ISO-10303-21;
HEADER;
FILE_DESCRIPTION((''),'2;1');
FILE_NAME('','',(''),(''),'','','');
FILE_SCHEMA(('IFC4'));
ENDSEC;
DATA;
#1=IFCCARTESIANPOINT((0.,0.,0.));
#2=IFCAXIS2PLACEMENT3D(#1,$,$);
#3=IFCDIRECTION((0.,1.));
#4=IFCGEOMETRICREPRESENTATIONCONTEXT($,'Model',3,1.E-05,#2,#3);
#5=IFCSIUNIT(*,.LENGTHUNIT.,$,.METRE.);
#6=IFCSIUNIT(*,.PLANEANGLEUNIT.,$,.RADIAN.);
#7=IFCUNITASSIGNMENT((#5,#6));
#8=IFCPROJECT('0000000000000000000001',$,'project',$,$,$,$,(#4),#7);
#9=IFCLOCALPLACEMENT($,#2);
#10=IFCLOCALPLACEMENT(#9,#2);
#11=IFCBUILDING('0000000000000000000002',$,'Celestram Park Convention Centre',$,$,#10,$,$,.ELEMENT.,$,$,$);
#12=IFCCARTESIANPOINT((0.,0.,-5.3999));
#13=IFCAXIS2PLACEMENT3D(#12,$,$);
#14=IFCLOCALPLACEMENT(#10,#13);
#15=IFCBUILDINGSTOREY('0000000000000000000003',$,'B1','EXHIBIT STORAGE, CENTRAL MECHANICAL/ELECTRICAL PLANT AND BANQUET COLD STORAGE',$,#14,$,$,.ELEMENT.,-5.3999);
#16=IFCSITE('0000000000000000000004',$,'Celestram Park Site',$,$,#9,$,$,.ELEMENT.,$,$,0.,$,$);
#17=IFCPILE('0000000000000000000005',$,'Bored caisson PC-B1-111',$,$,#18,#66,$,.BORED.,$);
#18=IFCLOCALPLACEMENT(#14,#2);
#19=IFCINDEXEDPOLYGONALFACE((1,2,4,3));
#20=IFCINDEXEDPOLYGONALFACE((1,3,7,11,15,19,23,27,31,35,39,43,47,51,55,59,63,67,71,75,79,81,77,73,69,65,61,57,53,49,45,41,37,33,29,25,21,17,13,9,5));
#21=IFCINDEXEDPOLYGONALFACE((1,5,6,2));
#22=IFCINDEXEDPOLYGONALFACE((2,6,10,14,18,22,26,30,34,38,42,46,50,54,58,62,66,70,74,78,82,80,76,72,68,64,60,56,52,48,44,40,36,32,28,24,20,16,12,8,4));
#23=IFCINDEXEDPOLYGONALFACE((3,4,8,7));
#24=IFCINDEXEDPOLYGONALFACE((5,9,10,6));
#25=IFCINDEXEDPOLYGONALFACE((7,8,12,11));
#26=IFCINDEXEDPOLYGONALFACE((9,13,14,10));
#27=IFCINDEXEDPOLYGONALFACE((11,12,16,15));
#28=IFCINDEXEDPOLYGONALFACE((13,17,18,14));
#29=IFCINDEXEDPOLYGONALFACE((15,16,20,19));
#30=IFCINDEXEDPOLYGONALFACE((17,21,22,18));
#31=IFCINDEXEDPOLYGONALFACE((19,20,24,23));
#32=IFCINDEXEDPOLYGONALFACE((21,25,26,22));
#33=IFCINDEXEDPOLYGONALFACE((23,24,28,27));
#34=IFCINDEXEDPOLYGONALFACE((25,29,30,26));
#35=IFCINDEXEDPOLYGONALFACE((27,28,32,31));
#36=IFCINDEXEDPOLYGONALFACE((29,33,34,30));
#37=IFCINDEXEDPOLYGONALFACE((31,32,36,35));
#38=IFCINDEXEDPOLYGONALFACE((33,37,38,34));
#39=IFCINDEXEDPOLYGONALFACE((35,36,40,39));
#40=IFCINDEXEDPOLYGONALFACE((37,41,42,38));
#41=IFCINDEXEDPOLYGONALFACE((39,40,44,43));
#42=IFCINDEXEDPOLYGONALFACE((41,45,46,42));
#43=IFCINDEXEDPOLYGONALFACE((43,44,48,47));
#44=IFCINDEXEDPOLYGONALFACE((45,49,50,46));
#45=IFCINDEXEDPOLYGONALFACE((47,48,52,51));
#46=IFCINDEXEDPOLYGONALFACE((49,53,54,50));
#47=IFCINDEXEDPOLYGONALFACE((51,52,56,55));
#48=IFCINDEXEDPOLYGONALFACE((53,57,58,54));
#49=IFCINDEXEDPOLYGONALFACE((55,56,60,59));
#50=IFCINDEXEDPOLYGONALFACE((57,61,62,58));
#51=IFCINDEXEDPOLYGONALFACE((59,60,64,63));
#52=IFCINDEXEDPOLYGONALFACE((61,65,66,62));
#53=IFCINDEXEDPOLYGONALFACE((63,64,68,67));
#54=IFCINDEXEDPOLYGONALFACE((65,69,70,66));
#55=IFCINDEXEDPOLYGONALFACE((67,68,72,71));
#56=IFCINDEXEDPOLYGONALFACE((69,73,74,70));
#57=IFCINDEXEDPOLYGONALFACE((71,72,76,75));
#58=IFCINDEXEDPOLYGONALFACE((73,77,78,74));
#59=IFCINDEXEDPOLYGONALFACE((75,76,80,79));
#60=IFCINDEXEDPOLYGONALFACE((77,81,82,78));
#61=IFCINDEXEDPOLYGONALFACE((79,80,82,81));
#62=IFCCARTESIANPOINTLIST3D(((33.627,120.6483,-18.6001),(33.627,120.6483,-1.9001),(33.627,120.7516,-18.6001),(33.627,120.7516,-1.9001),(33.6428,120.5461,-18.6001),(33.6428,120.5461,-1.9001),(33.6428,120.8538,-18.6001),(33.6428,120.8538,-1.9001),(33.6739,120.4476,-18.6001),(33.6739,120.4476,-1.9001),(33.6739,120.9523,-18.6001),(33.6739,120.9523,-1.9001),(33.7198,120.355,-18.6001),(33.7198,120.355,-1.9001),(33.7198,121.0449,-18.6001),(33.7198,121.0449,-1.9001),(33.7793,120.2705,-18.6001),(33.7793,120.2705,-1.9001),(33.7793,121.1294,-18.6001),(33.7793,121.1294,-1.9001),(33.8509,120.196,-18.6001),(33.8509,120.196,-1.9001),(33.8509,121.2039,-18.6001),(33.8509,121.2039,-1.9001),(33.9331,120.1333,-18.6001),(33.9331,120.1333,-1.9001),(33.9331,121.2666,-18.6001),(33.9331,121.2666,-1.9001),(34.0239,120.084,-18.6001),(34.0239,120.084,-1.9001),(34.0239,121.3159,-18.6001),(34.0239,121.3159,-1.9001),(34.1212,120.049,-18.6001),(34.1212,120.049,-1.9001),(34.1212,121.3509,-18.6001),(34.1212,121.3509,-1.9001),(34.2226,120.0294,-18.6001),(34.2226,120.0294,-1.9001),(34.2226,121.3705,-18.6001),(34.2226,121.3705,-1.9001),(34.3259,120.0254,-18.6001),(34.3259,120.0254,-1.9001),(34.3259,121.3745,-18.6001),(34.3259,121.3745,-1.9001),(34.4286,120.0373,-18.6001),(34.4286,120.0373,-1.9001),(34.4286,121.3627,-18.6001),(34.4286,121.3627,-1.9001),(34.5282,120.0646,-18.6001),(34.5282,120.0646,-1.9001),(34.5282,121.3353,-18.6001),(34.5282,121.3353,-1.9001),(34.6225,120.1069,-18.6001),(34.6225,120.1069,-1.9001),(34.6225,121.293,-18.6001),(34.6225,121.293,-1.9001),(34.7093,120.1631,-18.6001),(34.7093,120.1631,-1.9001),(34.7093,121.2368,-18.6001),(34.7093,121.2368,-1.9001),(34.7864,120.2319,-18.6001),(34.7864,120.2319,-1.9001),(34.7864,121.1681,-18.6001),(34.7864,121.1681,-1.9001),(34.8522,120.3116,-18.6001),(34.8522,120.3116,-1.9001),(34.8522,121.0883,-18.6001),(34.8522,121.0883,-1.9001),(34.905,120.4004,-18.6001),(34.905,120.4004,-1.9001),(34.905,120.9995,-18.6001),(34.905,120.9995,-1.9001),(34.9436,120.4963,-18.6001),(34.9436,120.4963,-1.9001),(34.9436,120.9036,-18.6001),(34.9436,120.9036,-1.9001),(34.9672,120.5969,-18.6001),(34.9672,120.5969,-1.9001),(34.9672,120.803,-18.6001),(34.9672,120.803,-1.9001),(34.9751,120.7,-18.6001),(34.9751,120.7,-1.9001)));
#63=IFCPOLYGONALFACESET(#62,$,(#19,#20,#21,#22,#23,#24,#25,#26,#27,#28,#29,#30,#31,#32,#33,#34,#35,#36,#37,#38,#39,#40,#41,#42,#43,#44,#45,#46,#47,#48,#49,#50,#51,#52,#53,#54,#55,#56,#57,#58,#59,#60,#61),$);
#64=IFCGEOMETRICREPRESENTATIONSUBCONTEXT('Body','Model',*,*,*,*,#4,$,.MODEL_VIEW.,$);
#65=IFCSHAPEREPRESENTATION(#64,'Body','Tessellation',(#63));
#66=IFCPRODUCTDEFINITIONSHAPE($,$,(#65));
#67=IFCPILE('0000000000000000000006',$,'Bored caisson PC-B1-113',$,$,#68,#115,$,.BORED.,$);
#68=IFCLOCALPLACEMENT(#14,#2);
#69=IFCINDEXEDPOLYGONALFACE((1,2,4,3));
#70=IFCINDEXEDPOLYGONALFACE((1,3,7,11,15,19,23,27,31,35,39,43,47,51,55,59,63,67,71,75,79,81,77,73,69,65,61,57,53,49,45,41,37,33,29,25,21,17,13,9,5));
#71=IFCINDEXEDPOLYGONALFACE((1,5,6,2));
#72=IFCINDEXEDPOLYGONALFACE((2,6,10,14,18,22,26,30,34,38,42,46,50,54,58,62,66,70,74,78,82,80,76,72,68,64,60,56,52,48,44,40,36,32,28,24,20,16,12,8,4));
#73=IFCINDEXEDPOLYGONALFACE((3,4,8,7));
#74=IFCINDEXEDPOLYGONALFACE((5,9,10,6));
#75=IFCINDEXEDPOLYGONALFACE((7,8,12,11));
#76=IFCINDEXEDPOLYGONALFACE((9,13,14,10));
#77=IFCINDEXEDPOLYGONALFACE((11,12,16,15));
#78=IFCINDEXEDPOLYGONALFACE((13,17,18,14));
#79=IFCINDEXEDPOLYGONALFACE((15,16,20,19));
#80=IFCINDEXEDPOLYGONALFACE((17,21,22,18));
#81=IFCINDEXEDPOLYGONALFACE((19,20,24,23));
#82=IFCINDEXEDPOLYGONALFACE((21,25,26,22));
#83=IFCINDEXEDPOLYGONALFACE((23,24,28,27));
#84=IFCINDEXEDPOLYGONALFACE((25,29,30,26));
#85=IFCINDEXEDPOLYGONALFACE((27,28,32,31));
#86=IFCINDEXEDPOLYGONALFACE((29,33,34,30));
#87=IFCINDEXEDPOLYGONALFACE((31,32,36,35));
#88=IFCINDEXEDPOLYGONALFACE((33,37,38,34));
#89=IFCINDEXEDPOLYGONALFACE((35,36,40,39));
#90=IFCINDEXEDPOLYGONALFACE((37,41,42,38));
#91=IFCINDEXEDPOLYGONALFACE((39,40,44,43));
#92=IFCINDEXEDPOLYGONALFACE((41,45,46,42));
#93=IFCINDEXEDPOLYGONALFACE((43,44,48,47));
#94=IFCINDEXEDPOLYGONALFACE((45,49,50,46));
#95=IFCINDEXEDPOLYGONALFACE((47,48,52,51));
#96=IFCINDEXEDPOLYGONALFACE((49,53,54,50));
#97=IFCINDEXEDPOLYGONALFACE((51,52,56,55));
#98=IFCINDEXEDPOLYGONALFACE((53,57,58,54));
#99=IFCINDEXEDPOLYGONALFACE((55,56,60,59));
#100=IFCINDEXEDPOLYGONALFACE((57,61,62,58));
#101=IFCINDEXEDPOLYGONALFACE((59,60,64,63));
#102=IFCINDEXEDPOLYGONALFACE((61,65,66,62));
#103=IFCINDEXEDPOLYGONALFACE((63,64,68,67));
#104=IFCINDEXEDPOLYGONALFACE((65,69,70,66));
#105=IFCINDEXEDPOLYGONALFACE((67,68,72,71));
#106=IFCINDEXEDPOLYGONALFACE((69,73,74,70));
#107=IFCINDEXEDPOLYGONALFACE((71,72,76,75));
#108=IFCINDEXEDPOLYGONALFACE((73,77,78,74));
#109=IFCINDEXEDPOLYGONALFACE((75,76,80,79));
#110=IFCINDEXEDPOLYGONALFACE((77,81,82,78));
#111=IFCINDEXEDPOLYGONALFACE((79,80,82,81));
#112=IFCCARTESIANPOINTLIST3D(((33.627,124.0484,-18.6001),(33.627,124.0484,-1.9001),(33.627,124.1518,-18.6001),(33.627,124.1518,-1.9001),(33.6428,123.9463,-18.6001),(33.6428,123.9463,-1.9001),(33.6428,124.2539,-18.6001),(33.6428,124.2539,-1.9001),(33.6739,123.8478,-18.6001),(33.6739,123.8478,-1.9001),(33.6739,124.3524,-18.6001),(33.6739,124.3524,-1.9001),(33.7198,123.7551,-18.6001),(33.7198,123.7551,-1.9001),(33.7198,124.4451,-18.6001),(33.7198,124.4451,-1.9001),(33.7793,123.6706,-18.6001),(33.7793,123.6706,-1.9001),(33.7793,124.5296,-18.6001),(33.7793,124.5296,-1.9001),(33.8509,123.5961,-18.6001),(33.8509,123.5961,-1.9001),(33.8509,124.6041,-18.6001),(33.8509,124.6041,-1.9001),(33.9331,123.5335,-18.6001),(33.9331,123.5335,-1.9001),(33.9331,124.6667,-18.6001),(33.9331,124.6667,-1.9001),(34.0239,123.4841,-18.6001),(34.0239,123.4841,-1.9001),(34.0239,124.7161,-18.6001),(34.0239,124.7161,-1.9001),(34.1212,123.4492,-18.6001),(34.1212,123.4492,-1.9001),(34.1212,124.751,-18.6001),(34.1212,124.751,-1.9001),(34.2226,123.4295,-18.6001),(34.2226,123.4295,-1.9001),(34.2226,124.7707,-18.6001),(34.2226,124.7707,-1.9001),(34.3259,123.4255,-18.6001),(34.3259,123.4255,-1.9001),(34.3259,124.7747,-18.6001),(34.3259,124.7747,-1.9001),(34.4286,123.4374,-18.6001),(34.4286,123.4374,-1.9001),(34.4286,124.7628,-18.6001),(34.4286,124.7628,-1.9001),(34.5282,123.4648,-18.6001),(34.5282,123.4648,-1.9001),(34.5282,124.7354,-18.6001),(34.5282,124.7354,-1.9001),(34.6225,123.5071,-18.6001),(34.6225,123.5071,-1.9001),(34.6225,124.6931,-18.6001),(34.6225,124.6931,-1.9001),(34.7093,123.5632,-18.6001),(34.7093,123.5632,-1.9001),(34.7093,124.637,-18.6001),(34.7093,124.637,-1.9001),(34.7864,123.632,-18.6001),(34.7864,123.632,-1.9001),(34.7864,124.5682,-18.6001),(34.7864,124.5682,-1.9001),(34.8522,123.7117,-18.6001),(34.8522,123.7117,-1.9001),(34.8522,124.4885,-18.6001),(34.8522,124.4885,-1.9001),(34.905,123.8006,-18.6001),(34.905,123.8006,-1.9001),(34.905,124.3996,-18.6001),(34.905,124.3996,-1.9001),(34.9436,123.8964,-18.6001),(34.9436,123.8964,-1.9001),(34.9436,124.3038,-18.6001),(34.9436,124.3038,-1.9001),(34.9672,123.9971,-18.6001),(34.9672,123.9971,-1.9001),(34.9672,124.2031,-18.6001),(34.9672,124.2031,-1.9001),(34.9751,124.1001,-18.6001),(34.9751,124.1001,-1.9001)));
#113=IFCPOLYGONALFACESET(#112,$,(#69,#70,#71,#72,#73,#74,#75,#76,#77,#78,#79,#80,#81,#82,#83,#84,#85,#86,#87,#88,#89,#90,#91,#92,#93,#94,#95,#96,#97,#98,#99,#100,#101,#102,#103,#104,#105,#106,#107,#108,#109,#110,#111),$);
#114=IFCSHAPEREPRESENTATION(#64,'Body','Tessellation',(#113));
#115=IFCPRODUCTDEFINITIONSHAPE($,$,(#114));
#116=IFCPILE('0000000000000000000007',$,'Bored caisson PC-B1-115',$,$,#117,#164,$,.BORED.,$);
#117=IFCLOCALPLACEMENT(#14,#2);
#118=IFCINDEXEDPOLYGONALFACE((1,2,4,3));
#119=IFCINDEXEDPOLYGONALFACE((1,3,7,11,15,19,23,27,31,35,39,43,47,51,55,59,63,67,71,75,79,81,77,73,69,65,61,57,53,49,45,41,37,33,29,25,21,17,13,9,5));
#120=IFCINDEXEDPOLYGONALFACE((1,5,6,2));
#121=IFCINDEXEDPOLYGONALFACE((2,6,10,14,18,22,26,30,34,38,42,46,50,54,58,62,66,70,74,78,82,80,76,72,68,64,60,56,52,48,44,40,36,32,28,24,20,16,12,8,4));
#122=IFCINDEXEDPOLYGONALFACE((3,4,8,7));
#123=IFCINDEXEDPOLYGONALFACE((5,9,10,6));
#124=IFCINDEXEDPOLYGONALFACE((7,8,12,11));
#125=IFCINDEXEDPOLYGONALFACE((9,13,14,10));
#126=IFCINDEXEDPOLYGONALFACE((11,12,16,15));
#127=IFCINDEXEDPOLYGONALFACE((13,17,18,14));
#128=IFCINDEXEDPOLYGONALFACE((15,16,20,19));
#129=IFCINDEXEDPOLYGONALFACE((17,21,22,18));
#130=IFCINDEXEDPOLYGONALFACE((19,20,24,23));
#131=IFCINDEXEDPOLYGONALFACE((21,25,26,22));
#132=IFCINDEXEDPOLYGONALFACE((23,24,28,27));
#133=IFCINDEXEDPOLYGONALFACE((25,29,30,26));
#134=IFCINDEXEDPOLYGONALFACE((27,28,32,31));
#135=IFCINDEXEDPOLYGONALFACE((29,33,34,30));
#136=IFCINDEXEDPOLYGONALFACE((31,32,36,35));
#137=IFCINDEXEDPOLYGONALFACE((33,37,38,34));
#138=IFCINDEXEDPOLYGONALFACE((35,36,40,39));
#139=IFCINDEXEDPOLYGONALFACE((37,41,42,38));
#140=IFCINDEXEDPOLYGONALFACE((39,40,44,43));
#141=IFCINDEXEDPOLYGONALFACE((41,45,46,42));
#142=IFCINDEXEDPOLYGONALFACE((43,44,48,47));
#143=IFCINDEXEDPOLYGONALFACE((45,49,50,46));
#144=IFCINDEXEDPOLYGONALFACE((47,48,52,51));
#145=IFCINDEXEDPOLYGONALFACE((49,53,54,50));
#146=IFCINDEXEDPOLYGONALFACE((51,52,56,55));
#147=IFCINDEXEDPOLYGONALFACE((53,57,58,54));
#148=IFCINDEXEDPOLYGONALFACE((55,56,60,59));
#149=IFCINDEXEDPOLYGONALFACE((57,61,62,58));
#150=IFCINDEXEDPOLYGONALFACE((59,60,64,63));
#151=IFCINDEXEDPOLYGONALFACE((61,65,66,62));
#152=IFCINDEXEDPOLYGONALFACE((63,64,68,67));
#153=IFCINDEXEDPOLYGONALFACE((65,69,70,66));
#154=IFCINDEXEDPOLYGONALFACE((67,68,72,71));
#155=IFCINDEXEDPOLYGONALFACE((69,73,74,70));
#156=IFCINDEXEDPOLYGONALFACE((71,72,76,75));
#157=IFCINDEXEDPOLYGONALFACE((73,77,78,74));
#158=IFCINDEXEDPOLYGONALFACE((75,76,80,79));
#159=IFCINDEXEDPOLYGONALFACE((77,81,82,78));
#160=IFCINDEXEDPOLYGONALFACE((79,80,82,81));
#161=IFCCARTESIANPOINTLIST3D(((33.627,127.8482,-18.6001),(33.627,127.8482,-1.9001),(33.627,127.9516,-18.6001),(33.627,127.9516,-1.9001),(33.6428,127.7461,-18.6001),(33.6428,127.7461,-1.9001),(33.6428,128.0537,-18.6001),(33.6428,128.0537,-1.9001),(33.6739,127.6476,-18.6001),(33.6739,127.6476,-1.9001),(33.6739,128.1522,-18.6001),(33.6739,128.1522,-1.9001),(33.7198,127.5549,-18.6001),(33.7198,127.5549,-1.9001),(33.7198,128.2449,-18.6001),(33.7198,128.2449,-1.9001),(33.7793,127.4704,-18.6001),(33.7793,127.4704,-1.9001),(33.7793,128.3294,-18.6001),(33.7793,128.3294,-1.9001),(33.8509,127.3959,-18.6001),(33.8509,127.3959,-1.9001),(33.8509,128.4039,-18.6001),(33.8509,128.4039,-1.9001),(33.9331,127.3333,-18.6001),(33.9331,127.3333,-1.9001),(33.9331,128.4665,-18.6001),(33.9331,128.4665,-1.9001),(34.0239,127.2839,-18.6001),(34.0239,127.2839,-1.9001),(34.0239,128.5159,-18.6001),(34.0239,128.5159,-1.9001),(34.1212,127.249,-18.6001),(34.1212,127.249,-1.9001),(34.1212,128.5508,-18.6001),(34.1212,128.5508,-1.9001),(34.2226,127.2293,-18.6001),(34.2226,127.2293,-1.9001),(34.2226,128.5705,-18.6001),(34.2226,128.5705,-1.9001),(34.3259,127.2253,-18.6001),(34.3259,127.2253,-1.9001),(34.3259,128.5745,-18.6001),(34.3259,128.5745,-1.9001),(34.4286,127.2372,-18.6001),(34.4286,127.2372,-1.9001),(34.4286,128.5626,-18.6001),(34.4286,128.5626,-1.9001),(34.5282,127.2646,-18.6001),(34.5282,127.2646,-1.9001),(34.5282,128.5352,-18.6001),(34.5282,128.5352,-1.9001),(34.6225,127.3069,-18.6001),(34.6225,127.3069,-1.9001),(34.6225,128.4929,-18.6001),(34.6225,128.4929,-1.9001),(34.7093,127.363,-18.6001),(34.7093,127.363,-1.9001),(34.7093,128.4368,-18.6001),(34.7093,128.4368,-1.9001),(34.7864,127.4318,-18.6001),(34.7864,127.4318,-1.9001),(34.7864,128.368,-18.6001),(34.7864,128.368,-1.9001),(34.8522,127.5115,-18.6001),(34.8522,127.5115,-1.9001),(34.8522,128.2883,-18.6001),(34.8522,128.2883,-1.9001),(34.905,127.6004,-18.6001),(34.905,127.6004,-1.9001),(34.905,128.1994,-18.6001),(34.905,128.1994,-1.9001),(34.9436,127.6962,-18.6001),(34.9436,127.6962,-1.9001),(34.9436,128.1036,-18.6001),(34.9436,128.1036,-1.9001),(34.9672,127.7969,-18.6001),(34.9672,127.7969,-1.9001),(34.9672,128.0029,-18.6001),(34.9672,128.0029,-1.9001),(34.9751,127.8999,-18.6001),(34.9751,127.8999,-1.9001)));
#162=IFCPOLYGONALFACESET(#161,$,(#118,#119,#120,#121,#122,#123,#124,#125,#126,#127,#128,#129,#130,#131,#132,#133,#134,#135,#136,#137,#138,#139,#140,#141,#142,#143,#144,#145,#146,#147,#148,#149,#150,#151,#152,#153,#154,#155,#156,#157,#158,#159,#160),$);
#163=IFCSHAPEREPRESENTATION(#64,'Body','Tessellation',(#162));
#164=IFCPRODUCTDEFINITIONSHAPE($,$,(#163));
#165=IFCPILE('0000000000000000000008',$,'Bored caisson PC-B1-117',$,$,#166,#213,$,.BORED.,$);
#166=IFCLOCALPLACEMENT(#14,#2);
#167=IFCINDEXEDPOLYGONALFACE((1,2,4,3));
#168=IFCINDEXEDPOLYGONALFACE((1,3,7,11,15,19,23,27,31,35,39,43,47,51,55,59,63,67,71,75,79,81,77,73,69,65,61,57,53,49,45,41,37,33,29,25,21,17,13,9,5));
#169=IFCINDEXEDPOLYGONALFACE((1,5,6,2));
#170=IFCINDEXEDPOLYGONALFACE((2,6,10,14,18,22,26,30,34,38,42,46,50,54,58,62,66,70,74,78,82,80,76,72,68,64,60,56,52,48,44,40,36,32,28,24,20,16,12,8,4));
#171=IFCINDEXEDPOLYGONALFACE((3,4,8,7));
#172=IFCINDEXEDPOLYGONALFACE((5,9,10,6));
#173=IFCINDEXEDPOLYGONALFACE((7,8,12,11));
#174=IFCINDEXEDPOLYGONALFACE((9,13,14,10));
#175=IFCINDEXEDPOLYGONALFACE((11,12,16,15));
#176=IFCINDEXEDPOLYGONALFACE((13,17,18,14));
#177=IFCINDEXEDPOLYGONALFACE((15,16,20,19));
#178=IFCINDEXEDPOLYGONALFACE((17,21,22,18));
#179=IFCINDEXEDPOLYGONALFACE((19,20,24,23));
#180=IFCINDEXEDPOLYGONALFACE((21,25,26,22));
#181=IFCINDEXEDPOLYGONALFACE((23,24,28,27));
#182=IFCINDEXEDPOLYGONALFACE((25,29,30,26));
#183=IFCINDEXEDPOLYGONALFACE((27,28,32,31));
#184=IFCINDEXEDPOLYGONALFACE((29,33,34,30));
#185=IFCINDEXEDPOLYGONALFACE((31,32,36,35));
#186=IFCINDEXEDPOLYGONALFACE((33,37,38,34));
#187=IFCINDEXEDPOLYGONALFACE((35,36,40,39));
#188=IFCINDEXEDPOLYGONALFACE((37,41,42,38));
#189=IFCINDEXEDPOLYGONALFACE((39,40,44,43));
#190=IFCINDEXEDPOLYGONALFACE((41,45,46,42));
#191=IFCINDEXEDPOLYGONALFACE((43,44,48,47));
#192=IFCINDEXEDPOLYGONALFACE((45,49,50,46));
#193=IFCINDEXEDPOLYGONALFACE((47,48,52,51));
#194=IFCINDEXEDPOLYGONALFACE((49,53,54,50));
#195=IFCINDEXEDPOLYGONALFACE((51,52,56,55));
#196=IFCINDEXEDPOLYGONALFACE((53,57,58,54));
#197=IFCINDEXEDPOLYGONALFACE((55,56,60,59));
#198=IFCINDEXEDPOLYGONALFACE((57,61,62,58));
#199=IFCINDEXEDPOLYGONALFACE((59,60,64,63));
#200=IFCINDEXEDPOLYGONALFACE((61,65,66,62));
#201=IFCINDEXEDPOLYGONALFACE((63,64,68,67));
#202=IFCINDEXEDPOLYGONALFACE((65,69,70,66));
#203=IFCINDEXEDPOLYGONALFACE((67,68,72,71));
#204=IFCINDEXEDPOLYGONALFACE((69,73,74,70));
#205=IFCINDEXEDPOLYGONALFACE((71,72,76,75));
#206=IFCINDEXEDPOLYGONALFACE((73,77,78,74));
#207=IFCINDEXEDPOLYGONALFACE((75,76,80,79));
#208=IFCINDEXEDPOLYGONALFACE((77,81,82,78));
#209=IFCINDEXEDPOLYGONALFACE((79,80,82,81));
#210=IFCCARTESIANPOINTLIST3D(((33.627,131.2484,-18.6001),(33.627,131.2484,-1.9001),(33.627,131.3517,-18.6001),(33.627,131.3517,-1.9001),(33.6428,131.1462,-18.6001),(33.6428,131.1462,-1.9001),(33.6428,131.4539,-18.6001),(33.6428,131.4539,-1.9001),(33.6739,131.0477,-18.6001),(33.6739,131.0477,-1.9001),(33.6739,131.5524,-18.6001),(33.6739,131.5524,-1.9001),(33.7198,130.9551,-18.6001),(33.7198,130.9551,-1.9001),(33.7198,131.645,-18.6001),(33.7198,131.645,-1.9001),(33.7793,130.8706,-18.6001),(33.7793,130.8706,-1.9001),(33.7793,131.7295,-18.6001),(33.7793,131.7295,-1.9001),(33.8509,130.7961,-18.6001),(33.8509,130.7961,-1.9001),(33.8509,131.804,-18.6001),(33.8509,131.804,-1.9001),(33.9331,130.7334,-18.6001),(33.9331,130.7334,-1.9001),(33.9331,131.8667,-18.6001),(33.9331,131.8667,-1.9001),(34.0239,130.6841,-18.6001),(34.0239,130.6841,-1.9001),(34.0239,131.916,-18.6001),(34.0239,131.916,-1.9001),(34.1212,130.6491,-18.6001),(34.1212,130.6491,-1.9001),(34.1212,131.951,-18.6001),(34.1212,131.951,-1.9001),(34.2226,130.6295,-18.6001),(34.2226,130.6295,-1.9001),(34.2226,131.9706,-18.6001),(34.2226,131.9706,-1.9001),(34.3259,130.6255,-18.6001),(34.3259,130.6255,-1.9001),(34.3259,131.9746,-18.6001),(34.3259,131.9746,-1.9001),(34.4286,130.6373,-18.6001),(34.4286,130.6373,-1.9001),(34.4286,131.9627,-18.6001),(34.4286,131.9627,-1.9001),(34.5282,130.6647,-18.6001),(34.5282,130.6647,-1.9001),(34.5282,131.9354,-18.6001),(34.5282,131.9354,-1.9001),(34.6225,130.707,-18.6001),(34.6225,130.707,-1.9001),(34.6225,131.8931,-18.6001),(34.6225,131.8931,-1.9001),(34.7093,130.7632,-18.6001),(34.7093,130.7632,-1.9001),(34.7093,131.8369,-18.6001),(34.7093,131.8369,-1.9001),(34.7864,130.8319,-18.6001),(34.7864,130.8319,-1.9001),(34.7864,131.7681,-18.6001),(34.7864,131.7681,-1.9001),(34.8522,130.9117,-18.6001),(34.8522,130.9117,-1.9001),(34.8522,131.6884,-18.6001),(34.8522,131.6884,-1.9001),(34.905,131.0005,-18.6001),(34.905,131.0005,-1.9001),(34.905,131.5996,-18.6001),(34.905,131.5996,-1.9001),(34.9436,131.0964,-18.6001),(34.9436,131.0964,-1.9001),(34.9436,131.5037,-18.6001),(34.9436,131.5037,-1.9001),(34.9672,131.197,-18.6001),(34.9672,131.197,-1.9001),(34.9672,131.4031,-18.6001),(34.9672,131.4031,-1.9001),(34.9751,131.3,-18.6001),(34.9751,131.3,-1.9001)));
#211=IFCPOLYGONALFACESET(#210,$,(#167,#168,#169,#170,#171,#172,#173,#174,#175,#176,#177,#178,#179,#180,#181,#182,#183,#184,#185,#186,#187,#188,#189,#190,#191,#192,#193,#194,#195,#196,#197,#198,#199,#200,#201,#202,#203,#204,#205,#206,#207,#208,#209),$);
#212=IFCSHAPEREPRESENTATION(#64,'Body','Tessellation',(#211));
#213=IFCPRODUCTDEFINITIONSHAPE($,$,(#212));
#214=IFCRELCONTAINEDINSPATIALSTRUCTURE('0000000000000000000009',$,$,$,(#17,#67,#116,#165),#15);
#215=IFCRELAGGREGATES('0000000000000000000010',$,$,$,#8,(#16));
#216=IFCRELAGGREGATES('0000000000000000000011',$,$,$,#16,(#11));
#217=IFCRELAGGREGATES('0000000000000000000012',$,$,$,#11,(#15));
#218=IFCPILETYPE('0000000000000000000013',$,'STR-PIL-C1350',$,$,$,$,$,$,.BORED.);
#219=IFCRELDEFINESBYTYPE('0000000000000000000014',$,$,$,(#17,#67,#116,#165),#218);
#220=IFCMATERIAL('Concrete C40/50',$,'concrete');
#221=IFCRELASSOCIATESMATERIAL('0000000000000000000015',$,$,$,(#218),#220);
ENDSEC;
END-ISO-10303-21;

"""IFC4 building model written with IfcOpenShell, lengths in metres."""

from ifc_helpers import new_model, si_unit, direction, frame, origin, origin_2d, place, context, subcontext, project, spatial, circle, extrude, material, material_profile, profile_set, type_object, element, save


model = new_model("IFC4")

# Units and contexts
model_context = context("Model", 3, precision=1e-05, world=origin(), true_north=direction((0.0, 1.0)))
body_context = subcontext(model_context, "Body", "Model", "MODEL_VIEW")
ifc_project = project(units=[si_unit("LENGTHUNIT", "METRE"), si_unit("PLANEANGLEUNIT", "RADIAN")], contexts=[model_context])

# Site, building, storey
site_placement = place(None, origin())
site = spatial("IfcSite", under=ifc_project, at=site_placement, Name="Celestram Park Site", CompositionType="ELEMENT", RefElevation=0.0)
building_placement = place(site_placement, origin())
building = spatial("IfcBuilding", under=site, at=building_placement, Name="Celestram Park Convention Centre", CompositionType="ELEMENT")
storey_placement = place(building_placement, frame((0.0, 0.0, -5.3999)))
storey = spatial("IfcBuildingStorey", under=building, at=storey_placement, Name="B1", Description="EXHIBIT STORAGE, CENTRAL MECHANICAL/ELECTRICAL PLANT AND BANQUET COLD STORAGE", CompositionType="ELEMENT", Elevation=-5.3999)

# Shared definitions
ifc_material_1 = material(Name="Concrete C40/50", Category="concrete")

# Piles
ifc_material_profile_1 = material_profile(ifc_material_1, circle(Radius=0.675, at=origin_2d()), Name="CAISSON1350")
ifc_profile_set_1 = profile_set([ifc_material_profile_1], Name="Concrete C40/50")
pile_type_1 = type_object("IfcPileType", Name="STR-PIL-C1350", PredefinedType="BORED", material=ifc_profile_set_1)
for number, where, z_axis, x_axis, name in (
    (1, (34.3, 120.7, -1.9001), (0.0, 0.0, -1.0), (1.0, 0.0, 0.0), "Bored caisson PC-B1-111"),
    (2, (34.3, 124.1001, -1.9001), (0.0, 0.0, -1.0), (1.0, 0.0, 0.0), "Bored caisson PC-B1-113"),
    (3, (34.3, 127.8999, -1.9001), (0.0, 0.0, -1.0), (1.0, 0.0, 0.0), "Bored caisson PC-B1-115"),
    (4, (34.3, 131.3, -1.9001), (0.0, 0.0, -1.0), (1.0, 0.0, 0.0), "Bored caisson PC-B1-117"),
):
    element("IfcPile", number, at=place(storey_placement, frame(where, z_axis=z_axis, x_axis=x_axis)), inside=storey, type_object=pile_type_1, Name=name, PredefinedType="BORED", context=body_context, shape_type="SweptSolid", body=[
        extrude(circle(Radius=0.675, at=origin_2d()), origin(), (0.0, 0.0, 1.0), 16.7),
    ])

save(model, "model.ifc")
